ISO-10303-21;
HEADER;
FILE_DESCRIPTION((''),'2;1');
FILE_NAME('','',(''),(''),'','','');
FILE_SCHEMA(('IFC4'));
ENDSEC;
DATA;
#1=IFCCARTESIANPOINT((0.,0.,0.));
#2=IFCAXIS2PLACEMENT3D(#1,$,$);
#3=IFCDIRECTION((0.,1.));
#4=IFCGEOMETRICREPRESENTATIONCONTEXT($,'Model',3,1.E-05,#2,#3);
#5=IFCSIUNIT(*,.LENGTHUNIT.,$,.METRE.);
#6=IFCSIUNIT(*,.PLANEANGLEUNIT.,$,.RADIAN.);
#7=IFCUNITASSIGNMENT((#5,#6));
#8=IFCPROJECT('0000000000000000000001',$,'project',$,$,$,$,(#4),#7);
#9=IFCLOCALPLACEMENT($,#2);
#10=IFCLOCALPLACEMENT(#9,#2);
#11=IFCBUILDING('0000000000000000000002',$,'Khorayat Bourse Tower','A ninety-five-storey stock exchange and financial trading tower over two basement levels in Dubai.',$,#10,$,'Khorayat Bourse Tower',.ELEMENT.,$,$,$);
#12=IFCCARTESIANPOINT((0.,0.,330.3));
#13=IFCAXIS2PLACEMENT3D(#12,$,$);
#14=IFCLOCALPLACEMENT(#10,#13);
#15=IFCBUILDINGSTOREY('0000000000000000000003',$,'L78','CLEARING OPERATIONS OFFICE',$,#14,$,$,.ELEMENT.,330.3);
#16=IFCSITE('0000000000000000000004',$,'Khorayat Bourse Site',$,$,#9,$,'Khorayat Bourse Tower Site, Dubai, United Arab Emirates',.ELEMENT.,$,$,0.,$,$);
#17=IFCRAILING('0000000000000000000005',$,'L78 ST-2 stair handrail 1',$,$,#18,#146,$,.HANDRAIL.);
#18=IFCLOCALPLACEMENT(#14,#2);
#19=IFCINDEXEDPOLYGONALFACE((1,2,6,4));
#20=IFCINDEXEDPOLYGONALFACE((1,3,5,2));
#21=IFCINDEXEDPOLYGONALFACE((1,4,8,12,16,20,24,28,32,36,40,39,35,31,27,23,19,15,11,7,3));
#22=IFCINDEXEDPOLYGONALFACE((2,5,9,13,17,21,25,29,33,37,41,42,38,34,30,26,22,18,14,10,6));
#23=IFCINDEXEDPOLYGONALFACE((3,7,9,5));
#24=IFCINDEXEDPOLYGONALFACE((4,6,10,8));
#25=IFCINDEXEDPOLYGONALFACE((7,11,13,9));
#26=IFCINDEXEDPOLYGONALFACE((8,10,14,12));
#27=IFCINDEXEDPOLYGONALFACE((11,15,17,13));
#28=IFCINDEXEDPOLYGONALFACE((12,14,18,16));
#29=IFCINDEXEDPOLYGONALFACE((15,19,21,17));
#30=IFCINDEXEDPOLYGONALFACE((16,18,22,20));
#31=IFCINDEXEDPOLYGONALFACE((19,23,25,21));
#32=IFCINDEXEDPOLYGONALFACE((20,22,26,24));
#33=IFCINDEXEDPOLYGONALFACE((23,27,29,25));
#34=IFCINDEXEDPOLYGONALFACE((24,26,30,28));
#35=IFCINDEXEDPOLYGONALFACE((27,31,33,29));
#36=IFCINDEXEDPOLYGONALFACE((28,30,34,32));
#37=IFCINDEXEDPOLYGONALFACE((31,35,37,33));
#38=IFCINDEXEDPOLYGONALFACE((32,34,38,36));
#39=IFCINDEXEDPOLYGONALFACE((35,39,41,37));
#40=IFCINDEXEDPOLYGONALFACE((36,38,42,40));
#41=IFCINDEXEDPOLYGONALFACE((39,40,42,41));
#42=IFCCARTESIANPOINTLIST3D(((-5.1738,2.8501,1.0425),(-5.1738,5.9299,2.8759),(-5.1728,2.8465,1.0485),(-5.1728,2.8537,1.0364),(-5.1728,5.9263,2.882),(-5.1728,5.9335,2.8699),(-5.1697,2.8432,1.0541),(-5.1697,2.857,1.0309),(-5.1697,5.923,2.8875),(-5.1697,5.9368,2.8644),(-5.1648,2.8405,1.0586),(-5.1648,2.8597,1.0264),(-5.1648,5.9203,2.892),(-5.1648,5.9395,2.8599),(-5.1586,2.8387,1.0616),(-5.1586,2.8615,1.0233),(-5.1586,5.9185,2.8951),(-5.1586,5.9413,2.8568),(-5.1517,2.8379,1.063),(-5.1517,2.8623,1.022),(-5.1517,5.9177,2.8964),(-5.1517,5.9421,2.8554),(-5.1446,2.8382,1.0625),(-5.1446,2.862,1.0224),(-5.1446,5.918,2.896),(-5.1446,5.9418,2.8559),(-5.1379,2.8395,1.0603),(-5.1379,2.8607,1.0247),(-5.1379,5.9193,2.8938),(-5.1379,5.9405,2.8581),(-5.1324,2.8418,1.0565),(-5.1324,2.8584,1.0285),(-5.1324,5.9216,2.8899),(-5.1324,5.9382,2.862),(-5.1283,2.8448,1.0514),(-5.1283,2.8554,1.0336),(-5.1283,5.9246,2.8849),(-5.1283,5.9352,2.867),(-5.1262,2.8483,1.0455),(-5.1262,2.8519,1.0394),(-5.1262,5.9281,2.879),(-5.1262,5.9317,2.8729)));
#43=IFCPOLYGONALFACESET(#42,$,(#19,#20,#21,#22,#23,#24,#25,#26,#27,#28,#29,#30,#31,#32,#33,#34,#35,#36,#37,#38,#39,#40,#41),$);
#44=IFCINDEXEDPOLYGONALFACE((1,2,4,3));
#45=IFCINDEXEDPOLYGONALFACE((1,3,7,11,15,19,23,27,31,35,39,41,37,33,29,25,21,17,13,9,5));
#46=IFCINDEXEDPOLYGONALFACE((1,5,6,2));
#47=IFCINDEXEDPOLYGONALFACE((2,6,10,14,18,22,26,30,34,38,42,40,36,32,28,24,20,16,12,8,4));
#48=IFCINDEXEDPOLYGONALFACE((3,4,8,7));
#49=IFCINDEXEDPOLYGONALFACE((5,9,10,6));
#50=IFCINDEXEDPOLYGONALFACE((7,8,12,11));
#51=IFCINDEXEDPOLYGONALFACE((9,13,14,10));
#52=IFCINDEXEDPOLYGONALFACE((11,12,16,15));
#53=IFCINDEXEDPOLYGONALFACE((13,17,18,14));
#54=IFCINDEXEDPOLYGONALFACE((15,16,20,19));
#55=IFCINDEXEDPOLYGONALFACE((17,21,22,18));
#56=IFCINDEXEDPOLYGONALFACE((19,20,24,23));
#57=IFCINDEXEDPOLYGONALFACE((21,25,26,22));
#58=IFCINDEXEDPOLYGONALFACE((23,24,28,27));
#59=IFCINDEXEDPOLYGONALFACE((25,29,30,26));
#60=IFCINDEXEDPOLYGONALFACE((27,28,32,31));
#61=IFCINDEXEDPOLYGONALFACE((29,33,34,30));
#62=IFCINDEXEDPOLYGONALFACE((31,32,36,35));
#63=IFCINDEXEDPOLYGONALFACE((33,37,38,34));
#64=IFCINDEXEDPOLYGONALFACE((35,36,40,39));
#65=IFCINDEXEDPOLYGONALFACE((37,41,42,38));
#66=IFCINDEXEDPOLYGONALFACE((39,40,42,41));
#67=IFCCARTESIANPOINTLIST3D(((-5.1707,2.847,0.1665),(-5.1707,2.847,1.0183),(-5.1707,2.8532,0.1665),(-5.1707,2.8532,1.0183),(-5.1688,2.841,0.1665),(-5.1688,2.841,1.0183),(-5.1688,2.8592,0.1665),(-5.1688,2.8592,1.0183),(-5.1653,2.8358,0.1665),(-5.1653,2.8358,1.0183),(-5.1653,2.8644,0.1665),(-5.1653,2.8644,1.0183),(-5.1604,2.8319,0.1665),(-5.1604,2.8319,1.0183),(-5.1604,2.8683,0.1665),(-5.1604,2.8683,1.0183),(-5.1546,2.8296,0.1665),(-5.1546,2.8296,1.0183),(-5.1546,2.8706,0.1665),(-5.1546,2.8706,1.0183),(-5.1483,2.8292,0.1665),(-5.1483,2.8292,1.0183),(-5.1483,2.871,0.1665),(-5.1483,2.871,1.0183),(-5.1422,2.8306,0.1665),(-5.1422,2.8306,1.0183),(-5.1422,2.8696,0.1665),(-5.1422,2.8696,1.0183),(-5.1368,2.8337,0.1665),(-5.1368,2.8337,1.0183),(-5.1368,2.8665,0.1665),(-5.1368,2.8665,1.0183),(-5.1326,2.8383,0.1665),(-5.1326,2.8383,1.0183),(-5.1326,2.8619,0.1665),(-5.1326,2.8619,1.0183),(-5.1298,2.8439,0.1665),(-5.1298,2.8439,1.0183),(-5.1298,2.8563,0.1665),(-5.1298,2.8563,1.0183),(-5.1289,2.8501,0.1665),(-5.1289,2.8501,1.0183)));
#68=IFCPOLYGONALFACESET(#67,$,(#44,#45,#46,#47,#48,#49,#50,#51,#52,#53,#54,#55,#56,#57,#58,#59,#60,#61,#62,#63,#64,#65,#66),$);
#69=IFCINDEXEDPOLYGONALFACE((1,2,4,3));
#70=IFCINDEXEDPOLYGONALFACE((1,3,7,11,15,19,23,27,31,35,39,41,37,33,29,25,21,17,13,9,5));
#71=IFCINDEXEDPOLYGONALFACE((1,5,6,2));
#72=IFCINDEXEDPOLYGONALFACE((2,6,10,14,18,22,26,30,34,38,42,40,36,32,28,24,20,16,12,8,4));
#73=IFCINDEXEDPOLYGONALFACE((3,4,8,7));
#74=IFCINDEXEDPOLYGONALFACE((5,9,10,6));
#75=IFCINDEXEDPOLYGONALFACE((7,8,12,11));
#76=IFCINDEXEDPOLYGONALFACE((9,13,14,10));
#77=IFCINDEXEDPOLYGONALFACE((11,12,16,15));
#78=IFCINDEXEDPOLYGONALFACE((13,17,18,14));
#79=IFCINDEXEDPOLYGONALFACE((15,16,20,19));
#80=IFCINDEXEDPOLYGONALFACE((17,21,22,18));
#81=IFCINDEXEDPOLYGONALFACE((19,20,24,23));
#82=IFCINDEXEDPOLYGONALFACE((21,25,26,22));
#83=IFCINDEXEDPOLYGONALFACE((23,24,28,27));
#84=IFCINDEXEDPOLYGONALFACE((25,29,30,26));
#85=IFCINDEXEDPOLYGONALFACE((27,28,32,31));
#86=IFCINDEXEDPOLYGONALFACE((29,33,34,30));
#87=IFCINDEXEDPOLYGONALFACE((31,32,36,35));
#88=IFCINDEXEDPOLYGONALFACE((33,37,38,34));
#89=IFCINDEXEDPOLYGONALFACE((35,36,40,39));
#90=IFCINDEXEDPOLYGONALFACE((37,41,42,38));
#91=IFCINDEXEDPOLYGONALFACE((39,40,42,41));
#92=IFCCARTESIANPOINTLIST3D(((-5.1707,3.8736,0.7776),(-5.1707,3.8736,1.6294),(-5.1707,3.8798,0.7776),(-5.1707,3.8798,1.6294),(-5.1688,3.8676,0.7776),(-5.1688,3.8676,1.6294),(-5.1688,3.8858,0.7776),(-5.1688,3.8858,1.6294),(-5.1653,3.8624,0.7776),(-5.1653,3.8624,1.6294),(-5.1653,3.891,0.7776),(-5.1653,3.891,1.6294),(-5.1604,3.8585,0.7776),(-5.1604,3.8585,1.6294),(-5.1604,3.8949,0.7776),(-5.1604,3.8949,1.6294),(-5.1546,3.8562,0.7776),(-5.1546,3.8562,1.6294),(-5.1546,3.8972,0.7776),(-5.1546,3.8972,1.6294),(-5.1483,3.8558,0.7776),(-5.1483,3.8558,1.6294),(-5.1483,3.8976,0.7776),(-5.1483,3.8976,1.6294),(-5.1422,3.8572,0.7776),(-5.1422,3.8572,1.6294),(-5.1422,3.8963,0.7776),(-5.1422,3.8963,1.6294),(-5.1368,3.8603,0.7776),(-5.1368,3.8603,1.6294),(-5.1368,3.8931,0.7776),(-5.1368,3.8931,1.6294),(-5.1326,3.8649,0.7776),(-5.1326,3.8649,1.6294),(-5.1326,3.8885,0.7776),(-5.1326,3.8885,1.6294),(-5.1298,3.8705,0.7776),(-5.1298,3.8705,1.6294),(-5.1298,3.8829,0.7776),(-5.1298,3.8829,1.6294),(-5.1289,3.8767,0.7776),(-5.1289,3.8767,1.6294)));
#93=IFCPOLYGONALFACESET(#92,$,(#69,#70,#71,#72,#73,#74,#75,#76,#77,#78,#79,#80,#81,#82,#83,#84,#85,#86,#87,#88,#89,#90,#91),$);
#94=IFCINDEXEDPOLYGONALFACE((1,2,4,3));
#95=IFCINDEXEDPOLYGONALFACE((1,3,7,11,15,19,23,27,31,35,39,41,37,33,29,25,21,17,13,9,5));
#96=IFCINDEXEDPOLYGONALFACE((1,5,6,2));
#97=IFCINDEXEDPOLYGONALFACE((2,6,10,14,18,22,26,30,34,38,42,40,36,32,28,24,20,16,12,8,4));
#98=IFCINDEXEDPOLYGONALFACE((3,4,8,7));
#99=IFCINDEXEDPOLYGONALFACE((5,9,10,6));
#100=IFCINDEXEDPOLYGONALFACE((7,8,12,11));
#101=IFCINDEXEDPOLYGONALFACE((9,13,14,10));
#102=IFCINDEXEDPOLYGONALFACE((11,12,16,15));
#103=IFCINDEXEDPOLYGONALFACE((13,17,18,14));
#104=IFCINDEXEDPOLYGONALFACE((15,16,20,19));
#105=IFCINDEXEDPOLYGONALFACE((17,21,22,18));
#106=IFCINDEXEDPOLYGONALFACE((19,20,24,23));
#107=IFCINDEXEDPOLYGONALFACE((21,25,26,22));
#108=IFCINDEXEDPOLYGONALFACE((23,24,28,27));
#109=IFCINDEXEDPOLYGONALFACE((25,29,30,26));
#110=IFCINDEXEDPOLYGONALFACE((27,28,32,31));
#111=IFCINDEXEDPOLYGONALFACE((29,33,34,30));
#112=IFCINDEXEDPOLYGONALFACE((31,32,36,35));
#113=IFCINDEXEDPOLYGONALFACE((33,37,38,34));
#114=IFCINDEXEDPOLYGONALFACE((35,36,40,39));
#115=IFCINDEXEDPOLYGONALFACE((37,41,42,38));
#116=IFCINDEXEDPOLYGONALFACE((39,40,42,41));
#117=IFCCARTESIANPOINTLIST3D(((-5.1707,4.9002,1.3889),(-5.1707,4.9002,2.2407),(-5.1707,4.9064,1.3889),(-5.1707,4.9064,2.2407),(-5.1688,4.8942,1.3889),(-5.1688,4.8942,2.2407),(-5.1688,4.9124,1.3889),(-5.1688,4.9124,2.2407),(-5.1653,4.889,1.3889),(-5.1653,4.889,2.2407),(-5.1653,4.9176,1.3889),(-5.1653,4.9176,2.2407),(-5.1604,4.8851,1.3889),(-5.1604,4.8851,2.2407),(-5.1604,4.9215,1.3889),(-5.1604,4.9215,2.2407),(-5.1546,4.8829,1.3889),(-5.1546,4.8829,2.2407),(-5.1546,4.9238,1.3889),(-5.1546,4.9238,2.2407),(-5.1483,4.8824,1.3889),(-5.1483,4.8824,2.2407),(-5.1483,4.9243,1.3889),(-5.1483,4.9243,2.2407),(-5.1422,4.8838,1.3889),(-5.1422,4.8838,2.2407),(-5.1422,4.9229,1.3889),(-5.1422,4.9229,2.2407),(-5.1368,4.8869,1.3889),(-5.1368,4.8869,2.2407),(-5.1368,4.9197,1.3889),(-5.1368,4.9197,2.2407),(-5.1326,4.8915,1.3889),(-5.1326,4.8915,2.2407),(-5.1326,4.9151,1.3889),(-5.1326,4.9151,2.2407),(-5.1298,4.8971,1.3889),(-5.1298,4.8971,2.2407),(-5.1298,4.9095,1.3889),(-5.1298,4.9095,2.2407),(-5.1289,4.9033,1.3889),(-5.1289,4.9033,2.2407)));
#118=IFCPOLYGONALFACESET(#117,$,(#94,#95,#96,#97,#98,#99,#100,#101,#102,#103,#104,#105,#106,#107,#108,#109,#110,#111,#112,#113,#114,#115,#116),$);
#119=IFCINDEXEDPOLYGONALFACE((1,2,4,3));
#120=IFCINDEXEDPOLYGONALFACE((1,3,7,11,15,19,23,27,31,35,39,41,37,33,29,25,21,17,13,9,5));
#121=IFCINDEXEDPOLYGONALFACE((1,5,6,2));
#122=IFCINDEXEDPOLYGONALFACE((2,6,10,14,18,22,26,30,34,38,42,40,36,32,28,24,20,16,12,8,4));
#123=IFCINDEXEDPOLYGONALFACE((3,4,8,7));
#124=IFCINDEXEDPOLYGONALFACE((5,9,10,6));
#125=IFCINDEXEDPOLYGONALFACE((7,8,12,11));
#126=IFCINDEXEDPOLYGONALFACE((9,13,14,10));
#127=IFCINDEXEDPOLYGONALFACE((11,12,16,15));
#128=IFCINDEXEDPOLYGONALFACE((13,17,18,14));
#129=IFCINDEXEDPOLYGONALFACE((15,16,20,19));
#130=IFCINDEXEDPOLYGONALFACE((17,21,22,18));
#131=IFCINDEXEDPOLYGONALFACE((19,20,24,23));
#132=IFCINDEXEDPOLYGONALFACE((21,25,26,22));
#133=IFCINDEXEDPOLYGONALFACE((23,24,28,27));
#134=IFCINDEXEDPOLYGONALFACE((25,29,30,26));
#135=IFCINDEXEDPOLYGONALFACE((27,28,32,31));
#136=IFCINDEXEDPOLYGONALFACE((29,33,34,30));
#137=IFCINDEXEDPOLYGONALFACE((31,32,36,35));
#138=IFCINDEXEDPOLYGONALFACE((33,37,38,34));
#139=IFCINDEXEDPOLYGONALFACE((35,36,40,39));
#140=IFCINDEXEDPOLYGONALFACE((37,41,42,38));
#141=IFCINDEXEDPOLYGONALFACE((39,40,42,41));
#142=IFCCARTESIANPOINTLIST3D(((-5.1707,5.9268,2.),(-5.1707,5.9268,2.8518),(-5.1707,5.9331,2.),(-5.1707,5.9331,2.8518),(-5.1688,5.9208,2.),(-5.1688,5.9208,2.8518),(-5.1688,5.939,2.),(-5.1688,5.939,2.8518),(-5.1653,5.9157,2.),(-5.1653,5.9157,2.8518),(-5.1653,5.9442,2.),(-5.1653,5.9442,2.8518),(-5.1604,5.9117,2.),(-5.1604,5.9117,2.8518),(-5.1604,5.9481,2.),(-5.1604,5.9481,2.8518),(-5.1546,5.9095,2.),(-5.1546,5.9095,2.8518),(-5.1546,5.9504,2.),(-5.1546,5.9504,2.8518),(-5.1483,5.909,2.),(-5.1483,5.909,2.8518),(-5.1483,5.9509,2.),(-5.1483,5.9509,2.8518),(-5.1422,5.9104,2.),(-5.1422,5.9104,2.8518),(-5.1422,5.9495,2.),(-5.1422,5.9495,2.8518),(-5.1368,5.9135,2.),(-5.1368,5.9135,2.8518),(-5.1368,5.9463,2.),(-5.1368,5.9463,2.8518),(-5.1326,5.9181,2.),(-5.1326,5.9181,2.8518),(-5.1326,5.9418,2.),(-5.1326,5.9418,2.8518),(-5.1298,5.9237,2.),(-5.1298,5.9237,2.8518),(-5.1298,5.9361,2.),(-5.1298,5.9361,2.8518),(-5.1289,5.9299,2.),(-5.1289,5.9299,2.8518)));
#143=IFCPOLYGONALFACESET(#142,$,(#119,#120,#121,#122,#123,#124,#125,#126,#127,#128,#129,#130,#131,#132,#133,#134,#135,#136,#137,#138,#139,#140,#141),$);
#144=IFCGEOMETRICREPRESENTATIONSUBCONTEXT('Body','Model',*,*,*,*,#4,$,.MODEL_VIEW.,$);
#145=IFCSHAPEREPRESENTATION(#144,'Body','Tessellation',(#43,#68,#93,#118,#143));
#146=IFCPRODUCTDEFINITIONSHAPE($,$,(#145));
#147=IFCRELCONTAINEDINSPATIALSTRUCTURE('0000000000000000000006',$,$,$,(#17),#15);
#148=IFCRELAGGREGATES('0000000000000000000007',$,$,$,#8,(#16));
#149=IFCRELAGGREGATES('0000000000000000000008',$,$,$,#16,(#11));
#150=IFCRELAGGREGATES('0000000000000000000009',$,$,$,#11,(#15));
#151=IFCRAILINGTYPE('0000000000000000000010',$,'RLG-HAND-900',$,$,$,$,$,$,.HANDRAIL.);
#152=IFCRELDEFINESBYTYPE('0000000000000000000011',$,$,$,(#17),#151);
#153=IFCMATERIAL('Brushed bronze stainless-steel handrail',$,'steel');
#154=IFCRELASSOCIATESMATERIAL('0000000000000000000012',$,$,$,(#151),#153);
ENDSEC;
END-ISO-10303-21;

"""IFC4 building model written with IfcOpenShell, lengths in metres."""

from ifc_helpers import new_model, si_unit, direction, frame, origin, origin_2d, place, context, subcontext, project, spatial, circle, extrude, source, transform, mapped, material, type_object, element, save


model = new_model("IFC4")

# Units and contexts
model_context = context("Model", 3, precision=1e-05, world=origin(), true_north=direction((0.0, 1.0)))
body_context = subcontext(model_context, "Body", "Model", "MODEL_VIEW")
ifc_project = project(units=[si_unit("LENGTHUNIT", "METRE"), si_unit("PLANEANGLEUNIT", "RADIAN")], contexts=[model_context])

# Site, building, storey
site_placement = place(None, origin())
site = spatial("IfcSite", under=ifc_project, at=site_placement, Name="Khorayat Bourse Site", LongName="Khorayat Bourse Tower Site, Dubai, United Arab Emirates", CompositionType="ELEMENT", RefElevation=0.0)
building_placement = place(site_placement, origin())
building = spatial("IfcBuilding", under=site, at=building_placement, Name="Khorayat Bourse Tower", Description="A ninety-five-storey stock exchange and financial trading tower over two basement levels in Dubai.", LongName="Khorayat Bourse Tower", CompositionType="ELEMENT")
storey_placement = place(building_placement, frame((0.0, 0.0, 330.3)))
storey = spatial("IfcBuildingStorey", under=building, at=storey_placement, Name="L78", Description="CLEARING OPERATIONS OFFICE", CompositionType="ELEMENT", Elevation=330.3)

# Railing
ifc_material_1 = material(Name="Brushed bronze stainless-steel handrail", Category="steel")
railing_type_1 = type_object("IfcRailingType", Name="RLG-HAND-900", PredefinedType="HANDRAIL", material=ifc_material_1)
shared_shape_1 = source(origin(), body_context, "Body", "SweptSolid", [
    extrude(circle(Radius=0.0239, at=origin_2d()), frame((0.0, 0.0, 0.876), z_axis=(0.0, 0.859261, 0.511538), x_axis=(-1.0, 0.0, 0.0)), (0.0, 0.0, 1.0), 3.5842),
    extrude(circle(Radius=0.021, at=origin_2d()), origin(), (0.0, 0.0, 1.0), 0.8518),
    extrude(circle(Radius=0.021, at=origin_2d()), frame((0.0, 1.0266, 0.6111)), (0.0, 0.0, 1.0), 0.8518),
    extrude(circle(Radius=0.021, at=origin_2d()), frame((0.0, 2.0532, 1.2224)), (0.0, 0.0, 1.0), 0.8518),
    extrude(circle(Radius=0.021, at=origin_2d()), frame((0.0, 3.0798, 1.8335)), (0.0, 0.0, 1.0), 0.8518),
])
railing_1_placement = place(storey_placement, frame((-5.1499, 2.8501, 0.1665)))
element("IfcRailing", 1, at=railing_1_placement, inside=storey, type_object=railing_type_1, Name="L78 ST-2 stair handrail 1", PredefinedType="HANDRAIL", context=body_context, shape_type="MappedRepresentation", body=[
    mapped(shared_shape_1, transform((0.0, 0.0, 0.0), scale=1.0)),
])

save(model, "model.ifc")
